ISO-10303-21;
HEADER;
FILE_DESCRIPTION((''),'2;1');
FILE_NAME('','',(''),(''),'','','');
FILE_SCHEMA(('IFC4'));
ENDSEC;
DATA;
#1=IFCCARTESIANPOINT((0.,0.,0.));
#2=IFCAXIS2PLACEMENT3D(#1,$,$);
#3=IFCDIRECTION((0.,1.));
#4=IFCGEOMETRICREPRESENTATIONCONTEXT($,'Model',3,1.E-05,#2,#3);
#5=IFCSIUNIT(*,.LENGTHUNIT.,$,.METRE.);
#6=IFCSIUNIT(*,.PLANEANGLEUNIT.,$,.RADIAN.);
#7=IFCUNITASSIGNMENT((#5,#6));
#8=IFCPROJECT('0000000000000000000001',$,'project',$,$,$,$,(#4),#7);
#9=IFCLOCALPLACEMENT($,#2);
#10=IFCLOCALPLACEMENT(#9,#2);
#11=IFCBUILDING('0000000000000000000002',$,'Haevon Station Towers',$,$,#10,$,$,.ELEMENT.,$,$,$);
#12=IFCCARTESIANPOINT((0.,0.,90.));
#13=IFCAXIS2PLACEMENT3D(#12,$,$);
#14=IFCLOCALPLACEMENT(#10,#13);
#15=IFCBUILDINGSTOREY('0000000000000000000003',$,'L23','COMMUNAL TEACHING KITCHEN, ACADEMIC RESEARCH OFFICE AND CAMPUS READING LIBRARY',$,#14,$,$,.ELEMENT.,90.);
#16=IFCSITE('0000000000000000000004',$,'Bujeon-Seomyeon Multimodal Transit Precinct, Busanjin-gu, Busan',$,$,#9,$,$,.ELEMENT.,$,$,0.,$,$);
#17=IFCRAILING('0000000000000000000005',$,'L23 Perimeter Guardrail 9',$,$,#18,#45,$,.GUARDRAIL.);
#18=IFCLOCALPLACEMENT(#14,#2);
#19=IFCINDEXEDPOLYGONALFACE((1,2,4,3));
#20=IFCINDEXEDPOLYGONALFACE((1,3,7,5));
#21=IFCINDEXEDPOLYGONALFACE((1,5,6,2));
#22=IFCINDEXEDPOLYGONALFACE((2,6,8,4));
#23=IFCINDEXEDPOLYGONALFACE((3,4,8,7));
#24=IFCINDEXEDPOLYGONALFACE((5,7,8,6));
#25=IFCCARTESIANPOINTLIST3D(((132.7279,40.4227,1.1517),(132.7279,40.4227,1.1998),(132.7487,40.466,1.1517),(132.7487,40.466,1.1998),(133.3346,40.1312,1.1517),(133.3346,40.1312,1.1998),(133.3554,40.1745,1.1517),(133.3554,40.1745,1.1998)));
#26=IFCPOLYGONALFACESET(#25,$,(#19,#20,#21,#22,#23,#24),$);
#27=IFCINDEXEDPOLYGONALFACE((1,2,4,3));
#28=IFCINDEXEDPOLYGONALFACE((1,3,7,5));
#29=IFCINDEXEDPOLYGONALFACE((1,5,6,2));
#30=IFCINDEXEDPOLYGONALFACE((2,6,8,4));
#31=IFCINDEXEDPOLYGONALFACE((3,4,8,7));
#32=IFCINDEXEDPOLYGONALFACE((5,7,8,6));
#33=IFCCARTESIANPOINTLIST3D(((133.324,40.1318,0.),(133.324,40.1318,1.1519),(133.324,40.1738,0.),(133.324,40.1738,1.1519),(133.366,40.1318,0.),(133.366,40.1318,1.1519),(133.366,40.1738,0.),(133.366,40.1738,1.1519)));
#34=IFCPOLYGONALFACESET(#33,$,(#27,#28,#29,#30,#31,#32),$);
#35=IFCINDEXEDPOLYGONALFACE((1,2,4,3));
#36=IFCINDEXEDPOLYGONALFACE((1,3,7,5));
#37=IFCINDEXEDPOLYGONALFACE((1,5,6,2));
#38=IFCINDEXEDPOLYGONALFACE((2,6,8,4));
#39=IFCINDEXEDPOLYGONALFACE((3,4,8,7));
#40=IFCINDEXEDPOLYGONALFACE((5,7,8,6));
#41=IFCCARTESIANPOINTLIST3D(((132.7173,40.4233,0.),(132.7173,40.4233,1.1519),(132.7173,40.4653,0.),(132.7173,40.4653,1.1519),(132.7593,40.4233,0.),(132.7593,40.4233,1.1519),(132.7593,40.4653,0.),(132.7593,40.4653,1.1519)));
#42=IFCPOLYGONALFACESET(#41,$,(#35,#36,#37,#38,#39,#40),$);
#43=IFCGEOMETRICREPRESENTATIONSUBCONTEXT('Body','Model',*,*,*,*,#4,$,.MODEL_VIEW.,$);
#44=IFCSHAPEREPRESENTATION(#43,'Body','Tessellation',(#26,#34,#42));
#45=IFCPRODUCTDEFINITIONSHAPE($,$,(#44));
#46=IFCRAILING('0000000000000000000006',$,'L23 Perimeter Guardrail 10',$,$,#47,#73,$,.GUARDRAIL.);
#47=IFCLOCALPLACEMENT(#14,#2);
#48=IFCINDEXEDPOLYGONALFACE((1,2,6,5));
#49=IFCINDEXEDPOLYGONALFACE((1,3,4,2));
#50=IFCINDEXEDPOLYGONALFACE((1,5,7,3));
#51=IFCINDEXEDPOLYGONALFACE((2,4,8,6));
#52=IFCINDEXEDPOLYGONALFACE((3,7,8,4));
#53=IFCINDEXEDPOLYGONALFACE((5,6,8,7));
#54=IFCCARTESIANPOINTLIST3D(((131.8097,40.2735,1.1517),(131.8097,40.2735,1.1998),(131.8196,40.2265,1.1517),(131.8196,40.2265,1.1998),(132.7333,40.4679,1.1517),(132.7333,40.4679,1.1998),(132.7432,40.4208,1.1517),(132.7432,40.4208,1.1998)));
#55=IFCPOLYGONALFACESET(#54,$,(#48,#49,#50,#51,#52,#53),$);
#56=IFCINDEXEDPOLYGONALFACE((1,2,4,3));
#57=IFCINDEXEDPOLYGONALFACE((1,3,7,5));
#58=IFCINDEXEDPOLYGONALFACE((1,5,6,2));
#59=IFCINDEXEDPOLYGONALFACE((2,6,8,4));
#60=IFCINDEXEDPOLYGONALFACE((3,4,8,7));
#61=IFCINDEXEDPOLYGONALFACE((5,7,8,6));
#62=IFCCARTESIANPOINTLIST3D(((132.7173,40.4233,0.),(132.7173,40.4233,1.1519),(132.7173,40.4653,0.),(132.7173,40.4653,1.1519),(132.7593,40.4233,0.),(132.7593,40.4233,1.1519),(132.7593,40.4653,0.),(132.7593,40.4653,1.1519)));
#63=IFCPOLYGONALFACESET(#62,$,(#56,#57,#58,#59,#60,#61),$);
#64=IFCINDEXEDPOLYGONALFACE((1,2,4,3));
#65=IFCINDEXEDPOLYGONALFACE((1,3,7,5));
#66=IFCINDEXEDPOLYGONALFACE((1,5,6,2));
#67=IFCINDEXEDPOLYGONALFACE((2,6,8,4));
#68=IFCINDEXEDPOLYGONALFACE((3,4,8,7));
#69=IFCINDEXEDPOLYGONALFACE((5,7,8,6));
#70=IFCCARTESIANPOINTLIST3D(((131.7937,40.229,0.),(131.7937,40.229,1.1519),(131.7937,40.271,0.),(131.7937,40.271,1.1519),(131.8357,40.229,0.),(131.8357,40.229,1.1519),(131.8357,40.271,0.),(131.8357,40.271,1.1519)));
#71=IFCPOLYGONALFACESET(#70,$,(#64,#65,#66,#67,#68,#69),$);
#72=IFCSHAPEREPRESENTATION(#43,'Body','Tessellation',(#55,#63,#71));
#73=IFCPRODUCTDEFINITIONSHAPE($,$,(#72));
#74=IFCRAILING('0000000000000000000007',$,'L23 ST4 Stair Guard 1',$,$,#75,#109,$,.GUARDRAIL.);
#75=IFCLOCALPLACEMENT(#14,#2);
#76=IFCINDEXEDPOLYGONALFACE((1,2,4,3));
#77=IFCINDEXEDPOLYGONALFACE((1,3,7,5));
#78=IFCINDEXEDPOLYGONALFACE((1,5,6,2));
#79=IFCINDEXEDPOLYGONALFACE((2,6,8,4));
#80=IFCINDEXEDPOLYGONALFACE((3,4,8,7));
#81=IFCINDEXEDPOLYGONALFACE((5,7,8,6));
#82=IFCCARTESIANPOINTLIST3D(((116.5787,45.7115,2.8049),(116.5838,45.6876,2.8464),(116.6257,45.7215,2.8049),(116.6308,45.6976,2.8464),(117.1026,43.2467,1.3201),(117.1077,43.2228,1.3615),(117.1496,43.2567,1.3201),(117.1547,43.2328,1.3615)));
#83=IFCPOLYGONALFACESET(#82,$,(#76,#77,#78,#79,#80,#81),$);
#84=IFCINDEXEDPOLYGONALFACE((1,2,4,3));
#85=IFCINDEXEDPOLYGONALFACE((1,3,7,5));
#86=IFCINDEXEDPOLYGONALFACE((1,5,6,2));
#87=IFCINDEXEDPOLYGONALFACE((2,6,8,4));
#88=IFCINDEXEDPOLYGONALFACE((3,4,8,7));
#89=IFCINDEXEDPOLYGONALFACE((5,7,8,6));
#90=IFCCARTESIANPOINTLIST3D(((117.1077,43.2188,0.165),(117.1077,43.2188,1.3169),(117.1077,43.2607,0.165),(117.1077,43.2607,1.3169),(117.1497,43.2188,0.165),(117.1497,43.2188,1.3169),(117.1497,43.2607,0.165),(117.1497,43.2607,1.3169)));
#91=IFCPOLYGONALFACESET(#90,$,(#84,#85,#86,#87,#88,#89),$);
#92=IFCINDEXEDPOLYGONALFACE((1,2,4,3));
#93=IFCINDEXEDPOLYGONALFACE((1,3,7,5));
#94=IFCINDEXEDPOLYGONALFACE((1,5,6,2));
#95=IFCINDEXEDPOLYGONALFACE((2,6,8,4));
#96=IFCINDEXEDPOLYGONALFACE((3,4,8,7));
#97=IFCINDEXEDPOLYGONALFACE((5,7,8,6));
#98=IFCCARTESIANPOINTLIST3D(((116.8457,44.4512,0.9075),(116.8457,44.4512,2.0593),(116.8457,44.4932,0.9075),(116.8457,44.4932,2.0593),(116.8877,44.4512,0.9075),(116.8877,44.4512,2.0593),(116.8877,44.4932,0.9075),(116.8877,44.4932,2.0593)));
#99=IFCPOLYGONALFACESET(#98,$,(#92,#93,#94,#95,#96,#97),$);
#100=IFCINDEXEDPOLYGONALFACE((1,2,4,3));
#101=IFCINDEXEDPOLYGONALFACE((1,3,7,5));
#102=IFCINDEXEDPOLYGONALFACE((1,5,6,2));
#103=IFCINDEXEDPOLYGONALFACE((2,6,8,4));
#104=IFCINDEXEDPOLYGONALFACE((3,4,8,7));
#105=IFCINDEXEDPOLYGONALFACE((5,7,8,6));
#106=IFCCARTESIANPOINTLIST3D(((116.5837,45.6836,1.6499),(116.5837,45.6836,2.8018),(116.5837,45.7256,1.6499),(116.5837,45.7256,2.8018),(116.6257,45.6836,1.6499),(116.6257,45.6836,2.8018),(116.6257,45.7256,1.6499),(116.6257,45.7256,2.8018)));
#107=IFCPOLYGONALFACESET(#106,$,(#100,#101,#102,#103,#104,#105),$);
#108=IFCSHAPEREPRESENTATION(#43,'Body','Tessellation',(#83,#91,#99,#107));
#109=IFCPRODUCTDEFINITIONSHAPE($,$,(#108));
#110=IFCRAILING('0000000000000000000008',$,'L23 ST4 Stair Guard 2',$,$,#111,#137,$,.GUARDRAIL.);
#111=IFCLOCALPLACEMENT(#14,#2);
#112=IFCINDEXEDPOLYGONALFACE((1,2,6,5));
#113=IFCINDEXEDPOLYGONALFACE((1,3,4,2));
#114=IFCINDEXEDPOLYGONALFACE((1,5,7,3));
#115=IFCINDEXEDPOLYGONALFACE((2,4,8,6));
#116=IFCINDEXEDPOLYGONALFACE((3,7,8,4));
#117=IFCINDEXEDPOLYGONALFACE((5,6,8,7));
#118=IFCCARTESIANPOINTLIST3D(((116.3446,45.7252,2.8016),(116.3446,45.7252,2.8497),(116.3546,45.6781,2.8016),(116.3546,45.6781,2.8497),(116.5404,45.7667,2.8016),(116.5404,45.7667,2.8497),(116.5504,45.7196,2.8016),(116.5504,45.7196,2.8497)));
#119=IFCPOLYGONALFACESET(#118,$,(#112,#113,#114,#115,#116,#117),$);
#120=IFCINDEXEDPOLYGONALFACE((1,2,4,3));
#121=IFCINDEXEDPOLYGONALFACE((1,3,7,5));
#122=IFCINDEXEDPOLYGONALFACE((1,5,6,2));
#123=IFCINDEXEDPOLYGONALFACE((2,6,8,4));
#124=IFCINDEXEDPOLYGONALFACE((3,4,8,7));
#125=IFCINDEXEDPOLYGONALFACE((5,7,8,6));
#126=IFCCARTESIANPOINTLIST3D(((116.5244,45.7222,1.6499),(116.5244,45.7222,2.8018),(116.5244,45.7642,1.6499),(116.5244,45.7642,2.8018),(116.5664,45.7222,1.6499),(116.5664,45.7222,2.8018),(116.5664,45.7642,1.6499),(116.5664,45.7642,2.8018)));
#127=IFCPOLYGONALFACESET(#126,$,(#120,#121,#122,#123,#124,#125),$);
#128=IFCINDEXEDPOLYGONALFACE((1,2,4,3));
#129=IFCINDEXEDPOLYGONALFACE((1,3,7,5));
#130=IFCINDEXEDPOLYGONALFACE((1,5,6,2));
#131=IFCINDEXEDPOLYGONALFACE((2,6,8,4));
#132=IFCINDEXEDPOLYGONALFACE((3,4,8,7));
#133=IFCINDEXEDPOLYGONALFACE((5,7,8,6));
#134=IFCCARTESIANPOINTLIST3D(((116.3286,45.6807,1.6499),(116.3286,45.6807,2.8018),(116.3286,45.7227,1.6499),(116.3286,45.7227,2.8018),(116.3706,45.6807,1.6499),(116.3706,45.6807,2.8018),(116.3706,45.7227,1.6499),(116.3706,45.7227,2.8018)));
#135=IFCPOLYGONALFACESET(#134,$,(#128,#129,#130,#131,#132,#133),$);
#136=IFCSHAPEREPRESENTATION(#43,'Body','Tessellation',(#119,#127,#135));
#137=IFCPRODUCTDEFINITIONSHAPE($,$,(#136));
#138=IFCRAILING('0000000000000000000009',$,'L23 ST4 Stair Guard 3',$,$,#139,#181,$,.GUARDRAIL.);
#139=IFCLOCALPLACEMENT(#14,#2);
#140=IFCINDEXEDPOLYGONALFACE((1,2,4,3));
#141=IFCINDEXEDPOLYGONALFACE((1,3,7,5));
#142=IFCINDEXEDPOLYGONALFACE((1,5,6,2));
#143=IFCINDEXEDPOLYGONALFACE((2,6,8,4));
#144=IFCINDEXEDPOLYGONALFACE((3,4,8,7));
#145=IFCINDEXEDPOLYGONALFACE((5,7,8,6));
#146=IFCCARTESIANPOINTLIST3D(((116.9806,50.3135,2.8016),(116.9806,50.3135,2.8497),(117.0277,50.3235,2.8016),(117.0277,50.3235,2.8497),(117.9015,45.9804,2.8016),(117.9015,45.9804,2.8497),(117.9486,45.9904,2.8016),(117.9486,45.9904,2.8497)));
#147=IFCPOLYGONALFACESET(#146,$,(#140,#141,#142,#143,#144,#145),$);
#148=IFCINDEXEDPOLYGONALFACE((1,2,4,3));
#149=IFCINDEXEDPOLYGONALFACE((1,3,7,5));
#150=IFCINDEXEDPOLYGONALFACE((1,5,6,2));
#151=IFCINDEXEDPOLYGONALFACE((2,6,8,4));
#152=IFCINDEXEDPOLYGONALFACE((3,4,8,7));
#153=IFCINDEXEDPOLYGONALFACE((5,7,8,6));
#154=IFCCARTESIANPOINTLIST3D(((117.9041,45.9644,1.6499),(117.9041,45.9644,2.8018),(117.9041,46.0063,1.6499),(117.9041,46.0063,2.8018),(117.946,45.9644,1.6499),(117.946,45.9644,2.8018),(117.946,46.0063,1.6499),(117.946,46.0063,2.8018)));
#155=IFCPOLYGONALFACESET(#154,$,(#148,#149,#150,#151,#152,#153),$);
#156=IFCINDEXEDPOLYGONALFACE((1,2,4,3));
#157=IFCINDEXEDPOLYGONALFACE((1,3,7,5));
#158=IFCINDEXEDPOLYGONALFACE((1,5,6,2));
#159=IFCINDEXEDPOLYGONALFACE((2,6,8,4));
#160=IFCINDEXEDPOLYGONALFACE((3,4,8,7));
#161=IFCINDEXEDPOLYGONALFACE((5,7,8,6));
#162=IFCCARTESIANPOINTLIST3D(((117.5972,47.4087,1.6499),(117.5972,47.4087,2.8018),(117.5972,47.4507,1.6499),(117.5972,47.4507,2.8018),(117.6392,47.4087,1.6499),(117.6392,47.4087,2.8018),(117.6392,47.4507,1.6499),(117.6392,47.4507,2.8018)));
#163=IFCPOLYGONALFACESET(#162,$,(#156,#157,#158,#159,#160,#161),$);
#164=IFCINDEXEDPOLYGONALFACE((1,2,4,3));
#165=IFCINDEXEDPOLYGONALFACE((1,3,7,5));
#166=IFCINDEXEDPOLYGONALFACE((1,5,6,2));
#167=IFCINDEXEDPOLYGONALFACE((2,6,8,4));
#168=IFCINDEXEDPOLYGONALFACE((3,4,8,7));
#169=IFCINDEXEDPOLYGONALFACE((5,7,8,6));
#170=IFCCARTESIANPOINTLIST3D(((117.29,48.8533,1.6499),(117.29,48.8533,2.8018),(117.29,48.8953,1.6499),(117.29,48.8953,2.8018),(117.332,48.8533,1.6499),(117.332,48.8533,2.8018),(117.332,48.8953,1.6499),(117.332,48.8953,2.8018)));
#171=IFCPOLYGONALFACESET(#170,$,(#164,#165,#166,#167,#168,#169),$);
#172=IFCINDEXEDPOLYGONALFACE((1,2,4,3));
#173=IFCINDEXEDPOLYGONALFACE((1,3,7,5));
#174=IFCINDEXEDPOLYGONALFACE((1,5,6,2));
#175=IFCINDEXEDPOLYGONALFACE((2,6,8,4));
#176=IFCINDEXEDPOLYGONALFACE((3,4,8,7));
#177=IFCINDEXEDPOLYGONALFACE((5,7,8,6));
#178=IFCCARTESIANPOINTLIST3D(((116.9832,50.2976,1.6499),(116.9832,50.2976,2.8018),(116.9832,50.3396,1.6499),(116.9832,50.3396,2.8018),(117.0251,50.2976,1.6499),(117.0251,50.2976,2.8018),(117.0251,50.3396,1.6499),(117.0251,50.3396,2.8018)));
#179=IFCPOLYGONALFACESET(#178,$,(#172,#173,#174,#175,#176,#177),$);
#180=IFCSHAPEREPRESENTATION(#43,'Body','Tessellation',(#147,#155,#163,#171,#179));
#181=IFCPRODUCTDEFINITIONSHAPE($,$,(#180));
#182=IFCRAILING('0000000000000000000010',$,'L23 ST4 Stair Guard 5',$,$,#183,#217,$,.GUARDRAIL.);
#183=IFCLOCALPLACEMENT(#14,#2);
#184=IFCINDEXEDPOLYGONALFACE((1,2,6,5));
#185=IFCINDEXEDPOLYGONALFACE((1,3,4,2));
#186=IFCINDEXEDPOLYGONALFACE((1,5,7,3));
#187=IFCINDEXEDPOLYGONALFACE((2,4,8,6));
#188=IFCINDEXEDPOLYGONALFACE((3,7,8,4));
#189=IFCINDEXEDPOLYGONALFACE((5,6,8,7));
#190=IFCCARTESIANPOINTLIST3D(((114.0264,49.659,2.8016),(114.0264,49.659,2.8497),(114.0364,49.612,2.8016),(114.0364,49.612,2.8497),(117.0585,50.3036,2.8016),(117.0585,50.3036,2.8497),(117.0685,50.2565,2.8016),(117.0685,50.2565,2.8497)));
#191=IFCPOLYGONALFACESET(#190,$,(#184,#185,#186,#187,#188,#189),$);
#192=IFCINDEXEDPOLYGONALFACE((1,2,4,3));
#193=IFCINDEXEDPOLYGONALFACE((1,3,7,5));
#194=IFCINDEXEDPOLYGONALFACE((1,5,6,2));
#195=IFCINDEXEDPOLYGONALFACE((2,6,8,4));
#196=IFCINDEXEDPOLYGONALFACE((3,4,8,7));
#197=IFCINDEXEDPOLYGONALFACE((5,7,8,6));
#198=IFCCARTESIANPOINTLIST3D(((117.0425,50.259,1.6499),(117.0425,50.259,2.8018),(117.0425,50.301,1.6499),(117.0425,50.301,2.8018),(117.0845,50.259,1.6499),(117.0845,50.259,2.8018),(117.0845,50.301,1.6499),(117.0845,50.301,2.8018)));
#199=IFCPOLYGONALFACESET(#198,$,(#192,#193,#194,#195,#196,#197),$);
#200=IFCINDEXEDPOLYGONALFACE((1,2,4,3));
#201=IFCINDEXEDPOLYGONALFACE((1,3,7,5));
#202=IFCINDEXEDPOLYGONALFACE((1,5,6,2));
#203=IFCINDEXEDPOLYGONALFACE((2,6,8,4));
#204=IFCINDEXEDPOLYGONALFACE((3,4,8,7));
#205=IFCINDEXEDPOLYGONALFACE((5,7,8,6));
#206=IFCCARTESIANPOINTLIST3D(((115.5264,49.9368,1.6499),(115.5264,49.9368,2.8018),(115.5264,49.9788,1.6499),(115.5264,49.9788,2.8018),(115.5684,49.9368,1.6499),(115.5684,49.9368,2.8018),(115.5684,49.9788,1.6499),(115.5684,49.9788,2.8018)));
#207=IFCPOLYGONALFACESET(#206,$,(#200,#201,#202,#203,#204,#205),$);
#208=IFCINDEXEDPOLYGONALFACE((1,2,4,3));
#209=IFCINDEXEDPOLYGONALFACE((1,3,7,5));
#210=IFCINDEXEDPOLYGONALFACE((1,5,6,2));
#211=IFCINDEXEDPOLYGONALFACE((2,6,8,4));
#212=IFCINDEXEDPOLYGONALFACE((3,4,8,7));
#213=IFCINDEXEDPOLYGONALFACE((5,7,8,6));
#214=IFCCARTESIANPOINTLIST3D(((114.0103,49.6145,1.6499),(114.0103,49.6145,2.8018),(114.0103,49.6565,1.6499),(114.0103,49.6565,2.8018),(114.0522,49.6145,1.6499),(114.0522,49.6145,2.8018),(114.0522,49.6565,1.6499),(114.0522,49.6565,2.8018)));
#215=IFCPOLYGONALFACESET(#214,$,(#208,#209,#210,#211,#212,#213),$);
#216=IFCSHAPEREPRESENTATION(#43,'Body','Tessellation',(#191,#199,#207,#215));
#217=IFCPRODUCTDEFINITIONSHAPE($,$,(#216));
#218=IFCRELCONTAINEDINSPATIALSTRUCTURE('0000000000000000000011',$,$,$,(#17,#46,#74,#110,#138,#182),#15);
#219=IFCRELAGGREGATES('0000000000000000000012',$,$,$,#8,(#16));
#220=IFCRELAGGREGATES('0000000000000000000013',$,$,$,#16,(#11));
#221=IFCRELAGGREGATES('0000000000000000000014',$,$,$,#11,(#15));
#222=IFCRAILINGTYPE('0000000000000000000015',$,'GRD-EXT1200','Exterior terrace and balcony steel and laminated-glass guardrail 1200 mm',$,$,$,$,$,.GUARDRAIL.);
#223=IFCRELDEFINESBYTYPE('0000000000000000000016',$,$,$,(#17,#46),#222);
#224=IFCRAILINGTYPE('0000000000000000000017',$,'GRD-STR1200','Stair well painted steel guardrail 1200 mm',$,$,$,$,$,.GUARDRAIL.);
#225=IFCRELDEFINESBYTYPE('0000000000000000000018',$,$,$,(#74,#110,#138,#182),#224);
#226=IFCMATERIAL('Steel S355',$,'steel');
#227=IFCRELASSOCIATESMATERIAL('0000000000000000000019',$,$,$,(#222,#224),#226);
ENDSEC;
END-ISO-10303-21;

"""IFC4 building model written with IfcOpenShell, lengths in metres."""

from ifc_helpers import new_model, si_unit, direction, frame, origin, origin_2d, place, context, subcontext, project, spatial, rectangle, extrude, material, type_object, element, save


model = new_model("IFC4")

# Units and contexts
model_context = context("Model", 3, precision=1e-05, world=origin(), true_north=direction((0.0, 1.0)))
body_context = subcontext(model_context, "Body", "Model", "MODEL_VIEW")
ifc_project = project(units=[si_unit("LENGTHUNIT", "METRE"), si_unit("PLANEANGLEUNIT", "RADIAN")], contexts=[model_context])

# Site, building, storey
site_placement = place(None, origin())
site = spatial("IfcSite", under=ifc_project, at=site_placement, Name="Bujeon-Seomyeon Multimodal Transit Precinct, Busanjin-gu, Busan", CompositionType="ELEMENT", RefElevation=0.0)
building_placement = place(site_placement, origin())
building = spatial("IfcBuilding", under=site, at=building_placement, Name="Haevon Station Towers", CompositionType="ELEMENT")
storey_placement = place(building_placement, frame((0.0, 0.0, 90.0)))
storey = spatial("IfcBuildingStorey", under=building, at=storey_placement, Name="L23", Description="COMMUNAL TEACHING KITCHEN, ACADEMIC RESEARCH OFFICE AND CAMPUS READING LIBRARY", CompositionType="ELEMENT", Elevation=90.0)

# Railings
ifc_material_1 = material(Name="Steel S355", Category="steel")
railing_type_1 = type_object("IfcRailingType", Name="GRD-EXT1200", Description="Exterior terrace and balcony steel and laminated-glass guardrail 1200 mm", PredefinedType="GUARDRAIL", material=ifc_material_1)
railing_1_placement = place(storey_placement, frame((133.345, 40.1528, 0.0)))
element("IfcRailing", 1, at=railing_1_placement, inside=storey, type_object=railing_type_1, Name="L23 Perimeter Guardrail 9", PredefinedType="GUARDRAIL", context=body_context, shape_type="SweptSolid", body=[
    extrude(rectangle(XDim=0.0481, YDim=0.0481, at=origin_2d()), frame((0.0, 0.0, 1.1758), z_axis=(-0.901353, 0.433085, 0.0), x_axis=(-0.433085, -0.901353, 0.0)), (0.0, 0.0, 1.0), 0.6731),
    extrude(rectangle(XDim=0.042, YDim=0.042, at=origin_2d()), origin(), (0.0, 0.0, 1.0), 1.1519),
    extrude(rectangle(XDim=0.042, YDim=0.042, at=origin_2d()), frame((-0.6067, 0.2915, 0.0)), (0.0, 0.0, 1.0), 1.1519),
])
railing_2_placement = place(storey_placement, frame((132.7383, 40.4443, 0.0)))
element("IfcRailing", 2, at=railing_2_placement, inside=storey, type_object=railing_type_1, Name="L23 Perimeter Guardrail 10", PredefinedType="GUARDRAIL", context=body_context, shape_type="SweptSolid", body=[
    extrude(rectangle(XDim=0.0481, YDim=0.0481, at=origin_2d()), frame((0.0, 0.0, 1.1758), z_axis=(-0.978572, -0.205906, 0.0), x_axis=(0.205906, -0.978572, 0.0)), (0.0, 0.0, 1.0), 0.9438),
    extrude(rectangle(XDim=0.042, YDim=0.042, at=origin_2d()), origin(), (0.0, 0.0, 1.0), 1.1519),
    extrude(rectangle(XDim=0.042, YDim=0.042, at=origin_2d()), frame((-0.9236, -0.1943, 0.0)), (0.0, 0.0, 1.0), 1.1519),
])
railing_type_2 = type_object("IfcRailingType", Name="GRD-STR1200", Description="Stair well painted steel guardrail 1200 mm", PredefinedType="GUARDRAIL", material=ifc_material_1)
railing_3_placement = place(storey_placement, frame((117.1287, 43.2397, 0.165)))
element("IfcRailing", 3, at=railing_3_placement, inside=storey, type_object=railing_type_2, Name="L23 ST4 Stair Guard 1", PredefinedType="GUARDRAIL", context=body_context, shape_type="SweptSolid", body=[
    extrude(rectangle(XDim=0.0481, YDim=0.0481, at=origin_2d()), frame((0.0, 0.0, 1.1758), z_axis=(-0.179129, 0.842724, 0.507671), x_axis=(-0.978147, -0.207914, 0.0)), (0.0, 0.0, 1.0), 2.9248),
    extrude(rectangle(XDim=0.042, YDim=0.042, at=origin_2d()), origin(), (0.0, 0.0, 1.0), 1.1519),
    extrude(rectangle(XDim=0.042, YDim=0.042, at=origin_2d()), frame((-0.262, 1.2324, 0.7424)), (0.0, 0.0, 1.0), 1.1519),
    extrude(rectangle(XDim=0.042, YDim=0.042, at=origin_2d()), frame((-0.5239, 2.4648, 1.4849)), (0.0, 0.0, 1.0), 1.1519),
])
railing_4_placement = place(storey_placement, frame((116.5454, 45.7432, 1.6499)))
element("IfcRailing", 4, at=railing_4_placement, inside=storey, type_object=railing_type_2, Name="L23 ST4 Stair Guard 2", PredefinedType="GUARDRAIL", context=body_context, shape_type="SweptSolid", body=[
    extrude(rectangle(XDim=0.0481, YDim=0.0481, at=origin_2d()), frame((0.0, 0.0, 1.1758), z_axis=(-0.978264, -0.207363, 0.0), x_axis=(0.207363, -0.978264, 0.0)), (0.0, 0.0, 1.0), 0.2002),
    extrude(rectangle(XDim=0.042, YDim=0.042, at=origin_2d()), origin(), (0.0, 0.0, 1.0), 1.1519),
    extrude(rectangle(XDim=0.042, YDim=0.042, at=origin_2d()), frame((-0.1958, -0.0415, 0.0)), (0.0, 0.0, 1.0), 1.1519),
])
railing_5_placement = place(storey_placement, frame((117.925, 45.9854, 1.6499)))
element("IfcRailing", 5, at=railing_5_placement, inside=storey, type_object=railing_type_2, Name="L23 ST4 Stair Guard 3", PredefinedType="GUARDRAIL", context=body_context, shape_type="SweptSolid", body=[
    extrude(rectangle(XDim=0.0481, YDim=0.0481, at=origin_2d()), frame((0.0, 0.0, 1.1758), z_axis=(-0.207877, 0.978155, 0.0), x_axis=(-0.978155, -0.207877, 0.0)), (0.0, 0.0, 1.0), 4.4299),
    extrude(rectangle(XDim=0.042, YDim=0.042, at=origin_2d()), origin(), (0.0, 0.0, 1.0), 1.1519),
    extrude(rectangle(XDim=0.042, YDim=0.042, at=origin_2d()), frame((-0.3069, 1.4443, 0.0)), (0.0, 0.0, 1.0), 1.1519),
    extrude(rectangle(XDim=0.042, YDim=0.042, at=origin_2d()), frame((-0.614, 2.8889, 0.0)), (0.0, 0.0, 1.0), 1.1519),
    extrude(rectangle(XDim=0.042, YDim=0.042, at=origin_2d()), frame((-0.9209, 4.3333, 0.0)), (0.0, 0.0, 1.0), 1.1519),
])
railing_6_placement = place(storey_placement, frame((117.0635, 50.28, 1.6499)))
element("IfcRailing", 6, at=railing_6_placement, inside=storey, type_object=railing_type_2, Name="L23 ST4 Stair Guard 5", PredefinedType="GUARDRAIL", context=body_context, shape_type="SweptSolid", body=[
    extrude(rectangle(XDim=0.0481, YDim=0.0481, at=origin_2d()), frame((0.0, 0.0, 1.1758), z_axis=(-0.978147, -0.207915, 0.0), x_axis=(0.207915, -0.978147, 0.0)), (0.0, 0.0, 1.0), 3.0999),
    extrude(rectangle(XDim=0.042, YDim=0.042, at=origin_2d()), origin(), (0.0, 0.0, 1.0), 1.1519),
    extrude(rectangle(XDim=0.042, YDim=0.042, at=origin_2d()), frame((-1.5161, -0.3223, 0.0)), (0.0, 0.0, 1.0), 1.1519),
    extrude(rectangle(XDim=0.042, YDim=0.042, at=origin_2d()), frame((-3.0322, -0.6445, 0.0)), (0.0, 0.0, 1.0), 1.1519),
])

save(model, "model.ifc")
